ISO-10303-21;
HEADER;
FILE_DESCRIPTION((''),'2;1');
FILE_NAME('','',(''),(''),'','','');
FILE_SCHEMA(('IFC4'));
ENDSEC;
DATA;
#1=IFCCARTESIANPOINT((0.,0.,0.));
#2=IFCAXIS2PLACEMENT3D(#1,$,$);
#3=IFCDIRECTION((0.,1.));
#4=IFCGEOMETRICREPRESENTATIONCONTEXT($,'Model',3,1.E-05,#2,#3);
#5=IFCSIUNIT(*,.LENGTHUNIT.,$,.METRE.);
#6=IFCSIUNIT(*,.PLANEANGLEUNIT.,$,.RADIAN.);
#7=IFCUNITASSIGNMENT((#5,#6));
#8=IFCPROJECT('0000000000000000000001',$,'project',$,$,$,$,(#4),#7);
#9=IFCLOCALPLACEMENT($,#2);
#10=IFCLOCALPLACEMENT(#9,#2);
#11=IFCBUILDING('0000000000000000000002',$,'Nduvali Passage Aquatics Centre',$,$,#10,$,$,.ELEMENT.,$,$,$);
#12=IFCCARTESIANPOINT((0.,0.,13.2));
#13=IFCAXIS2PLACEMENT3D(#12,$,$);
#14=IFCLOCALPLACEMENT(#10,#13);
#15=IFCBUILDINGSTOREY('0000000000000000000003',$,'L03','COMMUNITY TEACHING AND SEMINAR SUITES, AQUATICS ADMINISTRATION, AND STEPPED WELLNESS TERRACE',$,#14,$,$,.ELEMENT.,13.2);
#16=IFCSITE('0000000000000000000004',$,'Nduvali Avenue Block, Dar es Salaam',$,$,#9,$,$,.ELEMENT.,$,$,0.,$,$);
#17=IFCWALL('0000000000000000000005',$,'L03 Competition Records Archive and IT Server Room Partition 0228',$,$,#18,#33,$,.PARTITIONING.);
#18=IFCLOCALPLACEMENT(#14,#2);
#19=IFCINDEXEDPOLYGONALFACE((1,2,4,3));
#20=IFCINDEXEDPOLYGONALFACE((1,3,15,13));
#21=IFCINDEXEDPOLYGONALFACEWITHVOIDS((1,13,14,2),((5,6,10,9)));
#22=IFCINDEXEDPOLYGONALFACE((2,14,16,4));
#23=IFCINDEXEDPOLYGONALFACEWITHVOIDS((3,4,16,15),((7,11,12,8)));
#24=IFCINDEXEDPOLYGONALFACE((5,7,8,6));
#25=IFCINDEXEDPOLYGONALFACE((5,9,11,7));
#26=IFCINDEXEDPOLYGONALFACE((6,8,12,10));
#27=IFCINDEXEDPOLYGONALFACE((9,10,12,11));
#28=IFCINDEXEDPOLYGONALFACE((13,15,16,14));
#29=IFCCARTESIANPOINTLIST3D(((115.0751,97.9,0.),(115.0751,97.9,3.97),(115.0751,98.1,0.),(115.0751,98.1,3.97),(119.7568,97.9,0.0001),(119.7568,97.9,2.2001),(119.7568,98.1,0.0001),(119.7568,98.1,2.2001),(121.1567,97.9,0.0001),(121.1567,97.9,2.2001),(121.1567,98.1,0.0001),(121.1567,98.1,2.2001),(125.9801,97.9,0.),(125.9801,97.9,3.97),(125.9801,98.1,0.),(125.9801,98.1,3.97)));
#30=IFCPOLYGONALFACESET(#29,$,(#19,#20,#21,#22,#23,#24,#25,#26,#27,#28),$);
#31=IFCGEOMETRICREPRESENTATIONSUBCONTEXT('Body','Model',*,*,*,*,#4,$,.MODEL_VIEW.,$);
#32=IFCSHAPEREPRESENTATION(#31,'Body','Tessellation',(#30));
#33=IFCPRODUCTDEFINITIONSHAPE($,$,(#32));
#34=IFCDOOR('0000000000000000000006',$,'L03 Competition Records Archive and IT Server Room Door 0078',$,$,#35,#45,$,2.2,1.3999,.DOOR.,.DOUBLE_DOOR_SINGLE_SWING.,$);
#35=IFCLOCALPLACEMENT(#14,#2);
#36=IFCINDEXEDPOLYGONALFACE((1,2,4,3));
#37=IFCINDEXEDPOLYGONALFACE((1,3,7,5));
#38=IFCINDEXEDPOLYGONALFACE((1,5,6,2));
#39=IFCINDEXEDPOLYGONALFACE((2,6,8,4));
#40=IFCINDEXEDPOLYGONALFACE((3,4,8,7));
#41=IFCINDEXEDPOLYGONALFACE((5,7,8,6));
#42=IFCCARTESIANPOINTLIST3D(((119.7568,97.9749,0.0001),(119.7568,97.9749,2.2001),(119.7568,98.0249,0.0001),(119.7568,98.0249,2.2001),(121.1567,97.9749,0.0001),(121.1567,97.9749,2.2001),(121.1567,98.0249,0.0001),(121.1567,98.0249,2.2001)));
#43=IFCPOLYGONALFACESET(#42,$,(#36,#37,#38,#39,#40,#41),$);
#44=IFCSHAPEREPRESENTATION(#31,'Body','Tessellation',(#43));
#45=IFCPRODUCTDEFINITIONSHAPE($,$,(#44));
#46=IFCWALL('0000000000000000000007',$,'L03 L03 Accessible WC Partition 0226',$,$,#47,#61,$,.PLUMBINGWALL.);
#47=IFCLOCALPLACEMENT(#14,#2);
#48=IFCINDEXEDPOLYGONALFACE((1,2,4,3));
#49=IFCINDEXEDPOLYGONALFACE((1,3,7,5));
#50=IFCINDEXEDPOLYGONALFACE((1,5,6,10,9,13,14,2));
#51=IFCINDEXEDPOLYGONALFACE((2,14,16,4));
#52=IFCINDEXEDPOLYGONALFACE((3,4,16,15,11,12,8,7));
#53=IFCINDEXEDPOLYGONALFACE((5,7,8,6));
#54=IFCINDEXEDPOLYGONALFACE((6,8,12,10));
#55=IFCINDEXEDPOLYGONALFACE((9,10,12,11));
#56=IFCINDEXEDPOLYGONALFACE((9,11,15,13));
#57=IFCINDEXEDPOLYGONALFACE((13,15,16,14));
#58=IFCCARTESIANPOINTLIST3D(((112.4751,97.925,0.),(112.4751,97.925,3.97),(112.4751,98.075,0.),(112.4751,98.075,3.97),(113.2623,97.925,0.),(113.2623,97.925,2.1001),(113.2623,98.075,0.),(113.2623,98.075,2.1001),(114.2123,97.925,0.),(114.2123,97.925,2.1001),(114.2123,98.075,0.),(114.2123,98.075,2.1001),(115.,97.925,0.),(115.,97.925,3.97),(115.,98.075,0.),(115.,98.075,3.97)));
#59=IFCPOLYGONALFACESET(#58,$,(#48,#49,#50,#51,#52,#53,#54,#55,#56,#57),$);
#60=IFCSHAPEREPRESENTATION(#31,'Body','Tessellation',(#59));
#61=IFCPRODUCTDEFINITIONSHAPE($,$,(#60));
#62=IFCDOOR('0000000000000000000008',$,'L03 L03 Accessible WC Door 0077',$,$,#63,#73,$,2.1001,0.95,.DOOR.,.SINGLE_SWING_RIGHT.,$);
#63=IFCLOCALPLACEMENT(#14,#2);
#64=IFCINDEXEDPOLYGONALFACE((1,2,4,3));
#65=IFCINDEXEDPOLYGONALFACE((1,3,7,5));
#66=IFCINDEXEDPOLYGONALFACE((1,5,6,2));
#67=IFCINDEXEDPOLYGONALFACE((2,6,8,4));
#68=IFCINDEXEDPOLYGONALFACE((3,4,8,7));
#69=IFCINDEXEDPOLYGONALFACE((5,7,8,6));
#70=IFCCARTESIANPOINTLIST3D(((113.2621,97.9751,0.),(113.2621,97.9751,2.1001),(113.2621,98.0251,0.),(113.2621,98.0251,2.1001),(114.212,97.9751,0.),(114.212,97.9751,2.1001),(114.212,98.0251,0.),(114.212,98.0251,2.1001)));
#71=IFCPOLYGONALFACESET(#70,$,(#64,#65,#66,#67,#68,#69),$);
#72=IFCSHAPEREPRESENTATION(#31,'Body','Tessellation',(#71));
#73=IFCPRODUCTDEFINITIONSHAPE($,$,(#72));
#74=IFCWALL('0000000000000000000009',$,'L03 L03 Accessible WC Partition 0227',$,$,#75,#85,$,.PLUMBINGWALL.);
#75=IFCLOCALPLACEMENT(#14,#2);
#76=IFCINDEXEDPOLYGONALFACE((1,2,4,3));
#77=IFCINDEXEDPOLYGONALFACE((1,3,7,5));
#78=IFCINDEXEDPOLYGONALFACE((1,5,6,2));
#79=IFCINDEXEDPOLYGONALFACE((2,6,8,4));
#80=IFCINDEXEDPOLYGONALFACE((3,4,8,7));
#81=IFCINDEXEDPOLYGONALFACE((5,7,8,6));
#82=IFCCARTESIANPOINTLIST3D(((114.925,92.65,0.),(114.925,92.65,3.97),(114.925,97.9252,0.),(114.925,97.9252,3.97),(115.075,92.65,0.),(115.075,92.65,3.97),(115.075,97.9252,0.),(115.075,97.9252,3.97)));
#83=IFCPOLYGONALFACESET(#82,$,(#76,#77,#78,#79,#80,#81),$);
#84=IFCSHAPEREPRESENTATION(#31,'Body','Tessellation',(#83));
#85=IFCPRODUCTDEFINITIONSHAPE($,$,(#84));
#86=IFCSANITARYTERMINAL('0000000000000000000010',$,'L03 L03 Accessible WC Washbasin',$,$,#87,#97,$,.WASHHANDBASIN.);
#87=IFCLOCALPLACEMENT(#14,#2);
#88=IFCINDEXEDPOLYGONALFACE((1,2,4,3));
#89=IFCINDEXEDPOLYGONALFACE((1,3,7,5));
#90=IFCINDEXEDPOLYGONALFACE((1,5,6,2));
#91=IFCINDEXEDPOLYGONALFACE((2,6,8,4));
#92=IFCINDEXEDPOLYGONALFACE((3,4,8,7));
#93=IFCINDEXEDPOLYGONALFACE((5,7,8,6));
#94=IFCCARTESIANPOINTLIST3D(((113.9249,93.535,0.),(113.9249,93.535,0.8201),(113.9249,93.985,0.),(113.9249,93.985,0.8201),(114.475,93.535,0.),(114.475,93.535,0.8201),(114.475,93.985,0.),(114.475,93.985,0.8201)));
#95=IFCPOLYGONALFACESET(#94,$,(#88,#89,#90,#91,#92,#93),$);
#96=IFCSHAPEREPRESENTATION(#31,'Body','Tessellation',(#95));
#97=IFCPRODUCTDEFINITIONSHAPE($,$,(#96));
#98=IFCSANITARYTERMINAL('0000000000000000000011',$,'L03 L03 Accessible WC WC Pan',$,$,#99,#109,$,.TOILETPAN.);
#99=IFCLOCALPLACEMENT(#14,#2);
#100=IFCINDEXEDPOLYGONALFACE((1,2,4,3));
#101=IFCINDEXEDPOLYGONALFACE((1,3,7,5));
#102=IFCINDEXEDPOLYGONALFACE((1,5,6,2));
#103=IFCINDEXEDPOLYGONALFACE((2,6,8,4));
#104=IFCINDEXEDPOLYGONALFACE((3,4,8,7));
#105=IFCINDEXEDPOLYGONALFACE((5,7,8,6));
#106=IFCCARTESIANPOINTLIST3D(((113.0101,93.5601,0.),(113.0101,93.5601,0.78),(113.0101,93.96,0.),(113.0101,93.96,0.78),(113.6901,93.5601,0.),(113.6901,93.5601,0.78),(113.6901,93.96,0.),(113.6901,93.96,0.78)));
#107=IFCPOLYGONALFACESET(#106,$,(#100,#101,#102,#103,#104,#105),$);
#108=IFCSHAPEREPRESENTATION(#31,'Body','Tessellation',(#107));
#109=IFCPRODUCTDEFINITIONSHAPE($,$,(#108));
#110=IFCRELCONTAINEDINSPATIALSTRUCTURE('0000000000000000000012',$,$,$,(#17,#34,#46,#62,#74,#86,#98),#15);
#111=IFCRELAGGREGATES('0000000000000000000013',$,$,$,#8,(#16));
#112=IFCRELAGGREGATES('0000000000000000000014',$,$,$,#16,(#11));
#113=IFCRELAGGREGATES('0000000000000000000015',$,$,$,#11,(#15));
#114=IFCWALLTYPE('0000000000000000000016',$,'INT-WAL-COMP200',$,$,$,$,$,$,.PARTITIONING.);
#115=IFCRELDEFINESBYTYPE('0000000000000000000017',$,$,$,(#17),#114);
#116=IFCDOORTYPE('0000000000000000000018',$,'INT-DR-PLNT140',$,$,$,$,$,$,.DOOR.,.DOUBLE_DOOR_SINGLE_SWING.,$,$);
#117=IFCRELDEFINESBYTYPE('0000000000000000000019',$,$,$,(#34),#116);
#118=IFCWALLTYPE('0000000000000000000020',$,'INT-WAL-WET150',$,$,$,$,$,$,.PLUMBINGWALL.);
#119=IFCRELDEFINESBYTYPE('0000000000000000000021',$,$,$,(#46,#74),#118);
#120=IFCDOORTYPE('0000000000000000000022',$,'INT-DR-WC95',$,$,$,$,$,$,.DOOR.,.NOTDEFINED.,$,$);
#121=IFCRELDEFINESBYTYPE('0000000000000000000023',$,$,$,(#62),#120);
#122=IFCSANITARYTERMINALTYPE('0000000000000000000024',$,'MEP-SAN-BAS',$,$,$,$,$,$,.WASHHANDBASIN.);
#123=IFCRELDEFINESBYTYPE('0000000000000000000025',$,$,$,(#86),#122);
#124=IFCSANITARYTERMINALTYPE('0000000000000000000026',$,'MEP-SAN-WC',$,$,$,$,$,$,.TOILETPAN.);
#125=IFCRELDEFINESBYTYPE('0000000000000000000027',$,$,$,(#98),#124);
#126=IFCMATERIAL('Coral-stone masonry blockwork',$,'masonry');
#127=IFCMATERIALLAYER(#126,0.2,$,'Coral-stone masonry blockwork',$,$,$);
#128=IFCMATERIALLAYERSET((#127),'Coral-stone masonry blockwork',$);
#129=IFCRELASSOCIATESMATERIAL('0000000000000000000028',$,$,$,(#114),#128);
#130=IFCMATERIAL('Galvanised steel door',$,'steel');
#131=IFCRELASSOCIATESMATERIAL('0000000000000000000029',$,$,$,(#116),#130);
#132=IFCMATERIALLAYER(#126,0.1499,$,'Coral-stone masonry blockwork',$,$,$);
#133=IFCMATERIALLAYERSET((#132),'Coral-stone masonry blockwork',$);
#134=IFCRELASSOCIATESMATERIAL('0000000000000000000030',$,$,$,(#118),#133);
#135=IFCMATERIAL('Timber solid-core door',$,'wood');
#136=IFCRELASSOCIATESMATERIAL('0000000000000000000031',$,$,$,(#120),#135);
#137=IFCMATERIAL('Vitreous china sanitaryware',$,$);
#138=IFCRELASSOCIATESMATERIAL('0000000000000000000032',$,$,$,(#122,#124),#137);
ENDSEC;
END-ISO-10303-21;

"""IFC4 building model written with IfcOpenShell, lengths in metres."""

from ifc_helpers import new_model, si_unit, direction, frame, frame_2d, origin, origin_2d, place, context, subcontext, project, spatial, rectangle, extrude, material, layer, layer_set, type_object, element, fill, save


model = new_model("IFC4")

# Units and contexts
model_context = context("Model", 3, precision=1e-05, world=origin(), true_north=direction((0.0, 1.0)))
body_context = subcontext(model_context, "Body", "Model", "MODEL_VIEW")
ifc_project = project(units=[si_unit("LENGTHUNIT", "METRE"), si_unit("PLANEANGLEUNIT", "RADIAN")], contexts=[model_context])

# Site, building, storey
site_placement = place(None, origin())
site = spatial("IfcSite", under=ifc_project, at=site_placement, Name="Nduvali Avenue Block, Dar es Salaam", CompositionType="ELEMENT", RefElevation=0.0)
building_placement = place(site_placement, origin())
building = spatial("IfcBuilding", under=site, at=building_placement, Name="Nduvali Passage Aquatics Centre", CompositionType="ELEMENT")
storey_placement = place(building_placement, frame((0.0, 0.0, 13.2)))
storey = spatial("IfcBuildingStorey", under=building, at=storey_placement, Name="L03", Description="COMMUNITY TEACHING AND SEMINAR SUITES, AQUATICS ADMINISTRATION, AND STEPPED WELLNESS TERRACE", CompositionType="ELEMENT", Elevation=13.2)

# Walls, openings, doors
ifc_material_1 = material(Name="Coral-stone masonry blockwork", Category="masonry")
ifc_layer_1 = layer(ifc_material_1, 0.2, Name="Coral-stone masonry blockwork")
ifc_layer_set_1 = layer_set([ifc_layer_1], Name="Coral-stone masonry blockwork")
wall_type_1 = type_object("IfcWallType", Name="INT-WAL-COMP200", PredefinedType="PARTITIONING", material=ifc_layer_set_1)
wall_1_placement = place(storey_placement, frame((115.075, 98.0, 0.0), z_axis=(0.0, 0.0, 1.0), x_axis=(1.0, 0.0, 0.0)))
wall_1 = element("IfcWall", 1, at=wall_1_placement, inside=storey, type_object=wall_type_1, Name="L03 Competition Records Archive and IT Server Room Partition 0228", PredefinedType="PARTITIONING", context=body_context, shape_type="SweptSolid", body=[
    extrude(rectangle(XDim=10.905, YDim=0.2, at=frame_2d((5.4526, 0.0))), origin(), (0.0, 0.0, 1.0), 3.97),
])
opening_1_placement = place(wall_1_placement, frame((4.6819, 0.0, 0.0)))
opening_1 = element("IfcOpeningElement", 2, at=opening_1_placement, cuts=wall_1, PredefinedType="OPENING", context=body_context, shape_type="SweptSolid", body=[
    extrude(rectangle(XDim=1.3999, YDim=2.2, at=frame_2d((0.7, 1.1001))), frame((0.0, 0.1147, 0.0), z_axis=(0.0, -1.0, 0.0), x_axis=(1.0, 0.0, 0.0)), (0.0, 0.0, 1.0), 0.2297),
])
ifc_material_2 = material(Name="Galvanised steel door", Category="steel")
door_type_1 = type_object("IfcDoorType", Name="INT-DR-PLNT140", OperationType="DOUBLE_DOOR_SINGLE_SWING", PredefinedType="DOOR", material=ifc_material_2)
door_1_placement = place(opening_1_placement, origin())
door_1 = element("IfcDoor", 3, at=door_1_placement, inside=storey, type_object=door_type_1, Name="L03 Competition Records Archive and IT Server Room Door 0078", OperationType="DOUBLE_DOOR_SINGLE_SWING", OverallHeight=2.2, OverallWidth=1.3999, PredefinedType="DOOR", context=body_context, shape_type="SweptSolid", body=[
    extrude(rectangle(XDim=1.3999, YDim=2.2, at=frame_2d((0.7, 1.1001))), frame((0.0, 0.0249, 0.0), z_axis=(0.0, -1.0, 0.0), x_axis=(1.0, 0.0, 0.0)), (0.0, 0.0, 1.0), 0.05),
])
fill(opening_1, door_1)
ifc_layer_2 = layer(ifc_material_1, 0.1499, Name="Coral-stone masonry blockwork")
ifc_layer_set_2 = layer_set([ifc_layer_2], Name="Coral-stone masonry blockwork")
wall_type_2 = type_object("IfcWallType", Name="INT-WAL-WET150", PredefinedType="PLUMBINGWALL", material=ifc_layer_set_2)
wall_2_placement = place(storey_placement, frame((112.4751, 98.0, 0.0), z_axis=(0.0, 0.0, 1.0), x_axis=(1.0, 0.0, 0.0)))
wall_2 = element("IfcWall", 4, at=wall_2_placement, inside=storey, type_object=wall_type_2, Name="L03 L03 Accessible WC Partition 0226", PredefinedType="PLUMBINGWALL", context=body_context, shape_type="SweptSolid", body=[
    extrude(rectangle(XDim=2.5249, YDim=0.1499, at=frame_2d((1.2625, 0.0))), origin(), (0.0, 0.0, 1.0), 3.97),
])
opening_2_placement = place(wall_2_placement, frame((0.7871, 0.0, 0.0)))
opening_2 = element("IfcOpeningElement", 5, at=opening_2_placement, cuts=wall_2, PredefinedType="OPENING", context=body_context, shape_type="SweptSolid", body=[
    extrude(rectangle(XDim=0.95, YDim=2.1001, at=frame_2d((0.4751, 1.05))), frame((0.0, 0.0898, 0.0), z_axis=(0.0, -1.0, 0.0), x_axis=(1.0, 0.0, 0.0)), (0.0, 0.0, 1.0), 0.1797),
])
ifc_material_3 = material(Name="Timber solid-core door", Category="wood")
door_type_2 = type_object("IfcDoorType", Name="INT-DR-WC95", OperationType="NOTDEFINED", PredefinedType="DOOR", material=ifc_material_3)
door_2_placement = place(opening_2_placement, frame((0.95, 0.0, 0.0), z_axis=(0.0, 0.0, 1.0), x_axis=(-1.0, 0.0, 0.0)))
door_2 = element("IfcDoor", 6, at=door_2_placement, inside=storey, type_object=door_type_2, Name="L03 L03 Accessible WC Door 0077", OperationType="SINGLE_SWING_RIGHT", OverallHeight=2.1001, OverallWidth=0.95, PredefinedType="DOOR", context=body_context, shape_type="SweptSolid", body=[
    extrude(rectangle(XDim=0.95, YDim=2.1001, at=frame_2d((0.4751, 1.05))), frame((0.0, 0.0249, 0.0), z_axis=(0.0, -1.0, 0.0), x_axis=(1.0, 0.0, 0.0)), (0.0, 0.0, 1.0), 0.05),
])
fill(opening_2, door_2)

# Wall
wall_3_placement = place(storey_placement, frame((115.0, 92.6499, 0.0), z_axis=(0.0, 0.0, 1.0), x_axis=(0.0, 1.0, 0.0)))
element("IfcWall", 7, at=wall_3_placement, inside=storey, type_object=wall_type_2, Name="L03 L03 Accessible WC Partition 0227", PredefinedType="PLUMBINGWALL", context=body_context, shape_type="SweptSolid", body=[
    extrude(rectangle(XDim=5.2751, YDim=0.1499, at=frame_2d((2.6377, 0.0))), origin(), (0.0, 0.0, 1.0), 3.97),
])

# Sanitary terminals
ifc_material_4 = material(Name="Vitreous china sanitaryware")
sanitary_terminal_type_1 = type_object("IfcSanitaryTerminalType", Name="MEP-SAN-BAS", PredefinedType="WASHHANDBASIN", material=ifc_material_4)
sanitary_terminal_1_placement = place(storey_placement, frame((114.2, 93.76, 0.0), z_axis=(0.0, 0.0, 1.0), x_axis=(1.0, 0.0, 0.0)))
element("IfcSanitaryTerminal", 8, at=sanitary_terminal_1_placement, inside=storey, type_object=sanitary_terminal_type_1, Name="L03 L03 Accessible WC Washbasin", PredefinedType="WASHHANDBASIN", context=body_context, shape_type="SweptSolid", body=[
    extrude(rectangle(XDim=0.55, YDim=0.45, at=origin_2d()), origin(), (0.0, 0.0, 1.0), 0.8201),
])
sanitary_terminal_type_2 = type_object("IfcSanitaryTerminalType", Name="MEP-SAN-WC", PredefinedType="TOILETPAN", material=ifc_material_4)
sanitary_terminal_2_placement = place(storey_placement, frame((113.3501, 93.76, 0.0), z_axis=(0.0, 0.0, 1.0), x_axis=(1.0, 0.0, 0.0)))
element("IfcSanitaryTerminal", 9, at=sanitary_terminal_2_placement, inside=storey, type_object=sanitary_terminal_type_2, Name="L03 L03 Accessible WC WC Pan", PredefinedType="TOILETPAN", context=body_context, shape_type="SweptSolid", body=[
    extrude(rectangle(XDim=0.6799, YDim=0.3999, at=origin_2d()), origin(), (0.0, 0.0, 1.0), 0.78),
])

save(model, "model.ifc")
